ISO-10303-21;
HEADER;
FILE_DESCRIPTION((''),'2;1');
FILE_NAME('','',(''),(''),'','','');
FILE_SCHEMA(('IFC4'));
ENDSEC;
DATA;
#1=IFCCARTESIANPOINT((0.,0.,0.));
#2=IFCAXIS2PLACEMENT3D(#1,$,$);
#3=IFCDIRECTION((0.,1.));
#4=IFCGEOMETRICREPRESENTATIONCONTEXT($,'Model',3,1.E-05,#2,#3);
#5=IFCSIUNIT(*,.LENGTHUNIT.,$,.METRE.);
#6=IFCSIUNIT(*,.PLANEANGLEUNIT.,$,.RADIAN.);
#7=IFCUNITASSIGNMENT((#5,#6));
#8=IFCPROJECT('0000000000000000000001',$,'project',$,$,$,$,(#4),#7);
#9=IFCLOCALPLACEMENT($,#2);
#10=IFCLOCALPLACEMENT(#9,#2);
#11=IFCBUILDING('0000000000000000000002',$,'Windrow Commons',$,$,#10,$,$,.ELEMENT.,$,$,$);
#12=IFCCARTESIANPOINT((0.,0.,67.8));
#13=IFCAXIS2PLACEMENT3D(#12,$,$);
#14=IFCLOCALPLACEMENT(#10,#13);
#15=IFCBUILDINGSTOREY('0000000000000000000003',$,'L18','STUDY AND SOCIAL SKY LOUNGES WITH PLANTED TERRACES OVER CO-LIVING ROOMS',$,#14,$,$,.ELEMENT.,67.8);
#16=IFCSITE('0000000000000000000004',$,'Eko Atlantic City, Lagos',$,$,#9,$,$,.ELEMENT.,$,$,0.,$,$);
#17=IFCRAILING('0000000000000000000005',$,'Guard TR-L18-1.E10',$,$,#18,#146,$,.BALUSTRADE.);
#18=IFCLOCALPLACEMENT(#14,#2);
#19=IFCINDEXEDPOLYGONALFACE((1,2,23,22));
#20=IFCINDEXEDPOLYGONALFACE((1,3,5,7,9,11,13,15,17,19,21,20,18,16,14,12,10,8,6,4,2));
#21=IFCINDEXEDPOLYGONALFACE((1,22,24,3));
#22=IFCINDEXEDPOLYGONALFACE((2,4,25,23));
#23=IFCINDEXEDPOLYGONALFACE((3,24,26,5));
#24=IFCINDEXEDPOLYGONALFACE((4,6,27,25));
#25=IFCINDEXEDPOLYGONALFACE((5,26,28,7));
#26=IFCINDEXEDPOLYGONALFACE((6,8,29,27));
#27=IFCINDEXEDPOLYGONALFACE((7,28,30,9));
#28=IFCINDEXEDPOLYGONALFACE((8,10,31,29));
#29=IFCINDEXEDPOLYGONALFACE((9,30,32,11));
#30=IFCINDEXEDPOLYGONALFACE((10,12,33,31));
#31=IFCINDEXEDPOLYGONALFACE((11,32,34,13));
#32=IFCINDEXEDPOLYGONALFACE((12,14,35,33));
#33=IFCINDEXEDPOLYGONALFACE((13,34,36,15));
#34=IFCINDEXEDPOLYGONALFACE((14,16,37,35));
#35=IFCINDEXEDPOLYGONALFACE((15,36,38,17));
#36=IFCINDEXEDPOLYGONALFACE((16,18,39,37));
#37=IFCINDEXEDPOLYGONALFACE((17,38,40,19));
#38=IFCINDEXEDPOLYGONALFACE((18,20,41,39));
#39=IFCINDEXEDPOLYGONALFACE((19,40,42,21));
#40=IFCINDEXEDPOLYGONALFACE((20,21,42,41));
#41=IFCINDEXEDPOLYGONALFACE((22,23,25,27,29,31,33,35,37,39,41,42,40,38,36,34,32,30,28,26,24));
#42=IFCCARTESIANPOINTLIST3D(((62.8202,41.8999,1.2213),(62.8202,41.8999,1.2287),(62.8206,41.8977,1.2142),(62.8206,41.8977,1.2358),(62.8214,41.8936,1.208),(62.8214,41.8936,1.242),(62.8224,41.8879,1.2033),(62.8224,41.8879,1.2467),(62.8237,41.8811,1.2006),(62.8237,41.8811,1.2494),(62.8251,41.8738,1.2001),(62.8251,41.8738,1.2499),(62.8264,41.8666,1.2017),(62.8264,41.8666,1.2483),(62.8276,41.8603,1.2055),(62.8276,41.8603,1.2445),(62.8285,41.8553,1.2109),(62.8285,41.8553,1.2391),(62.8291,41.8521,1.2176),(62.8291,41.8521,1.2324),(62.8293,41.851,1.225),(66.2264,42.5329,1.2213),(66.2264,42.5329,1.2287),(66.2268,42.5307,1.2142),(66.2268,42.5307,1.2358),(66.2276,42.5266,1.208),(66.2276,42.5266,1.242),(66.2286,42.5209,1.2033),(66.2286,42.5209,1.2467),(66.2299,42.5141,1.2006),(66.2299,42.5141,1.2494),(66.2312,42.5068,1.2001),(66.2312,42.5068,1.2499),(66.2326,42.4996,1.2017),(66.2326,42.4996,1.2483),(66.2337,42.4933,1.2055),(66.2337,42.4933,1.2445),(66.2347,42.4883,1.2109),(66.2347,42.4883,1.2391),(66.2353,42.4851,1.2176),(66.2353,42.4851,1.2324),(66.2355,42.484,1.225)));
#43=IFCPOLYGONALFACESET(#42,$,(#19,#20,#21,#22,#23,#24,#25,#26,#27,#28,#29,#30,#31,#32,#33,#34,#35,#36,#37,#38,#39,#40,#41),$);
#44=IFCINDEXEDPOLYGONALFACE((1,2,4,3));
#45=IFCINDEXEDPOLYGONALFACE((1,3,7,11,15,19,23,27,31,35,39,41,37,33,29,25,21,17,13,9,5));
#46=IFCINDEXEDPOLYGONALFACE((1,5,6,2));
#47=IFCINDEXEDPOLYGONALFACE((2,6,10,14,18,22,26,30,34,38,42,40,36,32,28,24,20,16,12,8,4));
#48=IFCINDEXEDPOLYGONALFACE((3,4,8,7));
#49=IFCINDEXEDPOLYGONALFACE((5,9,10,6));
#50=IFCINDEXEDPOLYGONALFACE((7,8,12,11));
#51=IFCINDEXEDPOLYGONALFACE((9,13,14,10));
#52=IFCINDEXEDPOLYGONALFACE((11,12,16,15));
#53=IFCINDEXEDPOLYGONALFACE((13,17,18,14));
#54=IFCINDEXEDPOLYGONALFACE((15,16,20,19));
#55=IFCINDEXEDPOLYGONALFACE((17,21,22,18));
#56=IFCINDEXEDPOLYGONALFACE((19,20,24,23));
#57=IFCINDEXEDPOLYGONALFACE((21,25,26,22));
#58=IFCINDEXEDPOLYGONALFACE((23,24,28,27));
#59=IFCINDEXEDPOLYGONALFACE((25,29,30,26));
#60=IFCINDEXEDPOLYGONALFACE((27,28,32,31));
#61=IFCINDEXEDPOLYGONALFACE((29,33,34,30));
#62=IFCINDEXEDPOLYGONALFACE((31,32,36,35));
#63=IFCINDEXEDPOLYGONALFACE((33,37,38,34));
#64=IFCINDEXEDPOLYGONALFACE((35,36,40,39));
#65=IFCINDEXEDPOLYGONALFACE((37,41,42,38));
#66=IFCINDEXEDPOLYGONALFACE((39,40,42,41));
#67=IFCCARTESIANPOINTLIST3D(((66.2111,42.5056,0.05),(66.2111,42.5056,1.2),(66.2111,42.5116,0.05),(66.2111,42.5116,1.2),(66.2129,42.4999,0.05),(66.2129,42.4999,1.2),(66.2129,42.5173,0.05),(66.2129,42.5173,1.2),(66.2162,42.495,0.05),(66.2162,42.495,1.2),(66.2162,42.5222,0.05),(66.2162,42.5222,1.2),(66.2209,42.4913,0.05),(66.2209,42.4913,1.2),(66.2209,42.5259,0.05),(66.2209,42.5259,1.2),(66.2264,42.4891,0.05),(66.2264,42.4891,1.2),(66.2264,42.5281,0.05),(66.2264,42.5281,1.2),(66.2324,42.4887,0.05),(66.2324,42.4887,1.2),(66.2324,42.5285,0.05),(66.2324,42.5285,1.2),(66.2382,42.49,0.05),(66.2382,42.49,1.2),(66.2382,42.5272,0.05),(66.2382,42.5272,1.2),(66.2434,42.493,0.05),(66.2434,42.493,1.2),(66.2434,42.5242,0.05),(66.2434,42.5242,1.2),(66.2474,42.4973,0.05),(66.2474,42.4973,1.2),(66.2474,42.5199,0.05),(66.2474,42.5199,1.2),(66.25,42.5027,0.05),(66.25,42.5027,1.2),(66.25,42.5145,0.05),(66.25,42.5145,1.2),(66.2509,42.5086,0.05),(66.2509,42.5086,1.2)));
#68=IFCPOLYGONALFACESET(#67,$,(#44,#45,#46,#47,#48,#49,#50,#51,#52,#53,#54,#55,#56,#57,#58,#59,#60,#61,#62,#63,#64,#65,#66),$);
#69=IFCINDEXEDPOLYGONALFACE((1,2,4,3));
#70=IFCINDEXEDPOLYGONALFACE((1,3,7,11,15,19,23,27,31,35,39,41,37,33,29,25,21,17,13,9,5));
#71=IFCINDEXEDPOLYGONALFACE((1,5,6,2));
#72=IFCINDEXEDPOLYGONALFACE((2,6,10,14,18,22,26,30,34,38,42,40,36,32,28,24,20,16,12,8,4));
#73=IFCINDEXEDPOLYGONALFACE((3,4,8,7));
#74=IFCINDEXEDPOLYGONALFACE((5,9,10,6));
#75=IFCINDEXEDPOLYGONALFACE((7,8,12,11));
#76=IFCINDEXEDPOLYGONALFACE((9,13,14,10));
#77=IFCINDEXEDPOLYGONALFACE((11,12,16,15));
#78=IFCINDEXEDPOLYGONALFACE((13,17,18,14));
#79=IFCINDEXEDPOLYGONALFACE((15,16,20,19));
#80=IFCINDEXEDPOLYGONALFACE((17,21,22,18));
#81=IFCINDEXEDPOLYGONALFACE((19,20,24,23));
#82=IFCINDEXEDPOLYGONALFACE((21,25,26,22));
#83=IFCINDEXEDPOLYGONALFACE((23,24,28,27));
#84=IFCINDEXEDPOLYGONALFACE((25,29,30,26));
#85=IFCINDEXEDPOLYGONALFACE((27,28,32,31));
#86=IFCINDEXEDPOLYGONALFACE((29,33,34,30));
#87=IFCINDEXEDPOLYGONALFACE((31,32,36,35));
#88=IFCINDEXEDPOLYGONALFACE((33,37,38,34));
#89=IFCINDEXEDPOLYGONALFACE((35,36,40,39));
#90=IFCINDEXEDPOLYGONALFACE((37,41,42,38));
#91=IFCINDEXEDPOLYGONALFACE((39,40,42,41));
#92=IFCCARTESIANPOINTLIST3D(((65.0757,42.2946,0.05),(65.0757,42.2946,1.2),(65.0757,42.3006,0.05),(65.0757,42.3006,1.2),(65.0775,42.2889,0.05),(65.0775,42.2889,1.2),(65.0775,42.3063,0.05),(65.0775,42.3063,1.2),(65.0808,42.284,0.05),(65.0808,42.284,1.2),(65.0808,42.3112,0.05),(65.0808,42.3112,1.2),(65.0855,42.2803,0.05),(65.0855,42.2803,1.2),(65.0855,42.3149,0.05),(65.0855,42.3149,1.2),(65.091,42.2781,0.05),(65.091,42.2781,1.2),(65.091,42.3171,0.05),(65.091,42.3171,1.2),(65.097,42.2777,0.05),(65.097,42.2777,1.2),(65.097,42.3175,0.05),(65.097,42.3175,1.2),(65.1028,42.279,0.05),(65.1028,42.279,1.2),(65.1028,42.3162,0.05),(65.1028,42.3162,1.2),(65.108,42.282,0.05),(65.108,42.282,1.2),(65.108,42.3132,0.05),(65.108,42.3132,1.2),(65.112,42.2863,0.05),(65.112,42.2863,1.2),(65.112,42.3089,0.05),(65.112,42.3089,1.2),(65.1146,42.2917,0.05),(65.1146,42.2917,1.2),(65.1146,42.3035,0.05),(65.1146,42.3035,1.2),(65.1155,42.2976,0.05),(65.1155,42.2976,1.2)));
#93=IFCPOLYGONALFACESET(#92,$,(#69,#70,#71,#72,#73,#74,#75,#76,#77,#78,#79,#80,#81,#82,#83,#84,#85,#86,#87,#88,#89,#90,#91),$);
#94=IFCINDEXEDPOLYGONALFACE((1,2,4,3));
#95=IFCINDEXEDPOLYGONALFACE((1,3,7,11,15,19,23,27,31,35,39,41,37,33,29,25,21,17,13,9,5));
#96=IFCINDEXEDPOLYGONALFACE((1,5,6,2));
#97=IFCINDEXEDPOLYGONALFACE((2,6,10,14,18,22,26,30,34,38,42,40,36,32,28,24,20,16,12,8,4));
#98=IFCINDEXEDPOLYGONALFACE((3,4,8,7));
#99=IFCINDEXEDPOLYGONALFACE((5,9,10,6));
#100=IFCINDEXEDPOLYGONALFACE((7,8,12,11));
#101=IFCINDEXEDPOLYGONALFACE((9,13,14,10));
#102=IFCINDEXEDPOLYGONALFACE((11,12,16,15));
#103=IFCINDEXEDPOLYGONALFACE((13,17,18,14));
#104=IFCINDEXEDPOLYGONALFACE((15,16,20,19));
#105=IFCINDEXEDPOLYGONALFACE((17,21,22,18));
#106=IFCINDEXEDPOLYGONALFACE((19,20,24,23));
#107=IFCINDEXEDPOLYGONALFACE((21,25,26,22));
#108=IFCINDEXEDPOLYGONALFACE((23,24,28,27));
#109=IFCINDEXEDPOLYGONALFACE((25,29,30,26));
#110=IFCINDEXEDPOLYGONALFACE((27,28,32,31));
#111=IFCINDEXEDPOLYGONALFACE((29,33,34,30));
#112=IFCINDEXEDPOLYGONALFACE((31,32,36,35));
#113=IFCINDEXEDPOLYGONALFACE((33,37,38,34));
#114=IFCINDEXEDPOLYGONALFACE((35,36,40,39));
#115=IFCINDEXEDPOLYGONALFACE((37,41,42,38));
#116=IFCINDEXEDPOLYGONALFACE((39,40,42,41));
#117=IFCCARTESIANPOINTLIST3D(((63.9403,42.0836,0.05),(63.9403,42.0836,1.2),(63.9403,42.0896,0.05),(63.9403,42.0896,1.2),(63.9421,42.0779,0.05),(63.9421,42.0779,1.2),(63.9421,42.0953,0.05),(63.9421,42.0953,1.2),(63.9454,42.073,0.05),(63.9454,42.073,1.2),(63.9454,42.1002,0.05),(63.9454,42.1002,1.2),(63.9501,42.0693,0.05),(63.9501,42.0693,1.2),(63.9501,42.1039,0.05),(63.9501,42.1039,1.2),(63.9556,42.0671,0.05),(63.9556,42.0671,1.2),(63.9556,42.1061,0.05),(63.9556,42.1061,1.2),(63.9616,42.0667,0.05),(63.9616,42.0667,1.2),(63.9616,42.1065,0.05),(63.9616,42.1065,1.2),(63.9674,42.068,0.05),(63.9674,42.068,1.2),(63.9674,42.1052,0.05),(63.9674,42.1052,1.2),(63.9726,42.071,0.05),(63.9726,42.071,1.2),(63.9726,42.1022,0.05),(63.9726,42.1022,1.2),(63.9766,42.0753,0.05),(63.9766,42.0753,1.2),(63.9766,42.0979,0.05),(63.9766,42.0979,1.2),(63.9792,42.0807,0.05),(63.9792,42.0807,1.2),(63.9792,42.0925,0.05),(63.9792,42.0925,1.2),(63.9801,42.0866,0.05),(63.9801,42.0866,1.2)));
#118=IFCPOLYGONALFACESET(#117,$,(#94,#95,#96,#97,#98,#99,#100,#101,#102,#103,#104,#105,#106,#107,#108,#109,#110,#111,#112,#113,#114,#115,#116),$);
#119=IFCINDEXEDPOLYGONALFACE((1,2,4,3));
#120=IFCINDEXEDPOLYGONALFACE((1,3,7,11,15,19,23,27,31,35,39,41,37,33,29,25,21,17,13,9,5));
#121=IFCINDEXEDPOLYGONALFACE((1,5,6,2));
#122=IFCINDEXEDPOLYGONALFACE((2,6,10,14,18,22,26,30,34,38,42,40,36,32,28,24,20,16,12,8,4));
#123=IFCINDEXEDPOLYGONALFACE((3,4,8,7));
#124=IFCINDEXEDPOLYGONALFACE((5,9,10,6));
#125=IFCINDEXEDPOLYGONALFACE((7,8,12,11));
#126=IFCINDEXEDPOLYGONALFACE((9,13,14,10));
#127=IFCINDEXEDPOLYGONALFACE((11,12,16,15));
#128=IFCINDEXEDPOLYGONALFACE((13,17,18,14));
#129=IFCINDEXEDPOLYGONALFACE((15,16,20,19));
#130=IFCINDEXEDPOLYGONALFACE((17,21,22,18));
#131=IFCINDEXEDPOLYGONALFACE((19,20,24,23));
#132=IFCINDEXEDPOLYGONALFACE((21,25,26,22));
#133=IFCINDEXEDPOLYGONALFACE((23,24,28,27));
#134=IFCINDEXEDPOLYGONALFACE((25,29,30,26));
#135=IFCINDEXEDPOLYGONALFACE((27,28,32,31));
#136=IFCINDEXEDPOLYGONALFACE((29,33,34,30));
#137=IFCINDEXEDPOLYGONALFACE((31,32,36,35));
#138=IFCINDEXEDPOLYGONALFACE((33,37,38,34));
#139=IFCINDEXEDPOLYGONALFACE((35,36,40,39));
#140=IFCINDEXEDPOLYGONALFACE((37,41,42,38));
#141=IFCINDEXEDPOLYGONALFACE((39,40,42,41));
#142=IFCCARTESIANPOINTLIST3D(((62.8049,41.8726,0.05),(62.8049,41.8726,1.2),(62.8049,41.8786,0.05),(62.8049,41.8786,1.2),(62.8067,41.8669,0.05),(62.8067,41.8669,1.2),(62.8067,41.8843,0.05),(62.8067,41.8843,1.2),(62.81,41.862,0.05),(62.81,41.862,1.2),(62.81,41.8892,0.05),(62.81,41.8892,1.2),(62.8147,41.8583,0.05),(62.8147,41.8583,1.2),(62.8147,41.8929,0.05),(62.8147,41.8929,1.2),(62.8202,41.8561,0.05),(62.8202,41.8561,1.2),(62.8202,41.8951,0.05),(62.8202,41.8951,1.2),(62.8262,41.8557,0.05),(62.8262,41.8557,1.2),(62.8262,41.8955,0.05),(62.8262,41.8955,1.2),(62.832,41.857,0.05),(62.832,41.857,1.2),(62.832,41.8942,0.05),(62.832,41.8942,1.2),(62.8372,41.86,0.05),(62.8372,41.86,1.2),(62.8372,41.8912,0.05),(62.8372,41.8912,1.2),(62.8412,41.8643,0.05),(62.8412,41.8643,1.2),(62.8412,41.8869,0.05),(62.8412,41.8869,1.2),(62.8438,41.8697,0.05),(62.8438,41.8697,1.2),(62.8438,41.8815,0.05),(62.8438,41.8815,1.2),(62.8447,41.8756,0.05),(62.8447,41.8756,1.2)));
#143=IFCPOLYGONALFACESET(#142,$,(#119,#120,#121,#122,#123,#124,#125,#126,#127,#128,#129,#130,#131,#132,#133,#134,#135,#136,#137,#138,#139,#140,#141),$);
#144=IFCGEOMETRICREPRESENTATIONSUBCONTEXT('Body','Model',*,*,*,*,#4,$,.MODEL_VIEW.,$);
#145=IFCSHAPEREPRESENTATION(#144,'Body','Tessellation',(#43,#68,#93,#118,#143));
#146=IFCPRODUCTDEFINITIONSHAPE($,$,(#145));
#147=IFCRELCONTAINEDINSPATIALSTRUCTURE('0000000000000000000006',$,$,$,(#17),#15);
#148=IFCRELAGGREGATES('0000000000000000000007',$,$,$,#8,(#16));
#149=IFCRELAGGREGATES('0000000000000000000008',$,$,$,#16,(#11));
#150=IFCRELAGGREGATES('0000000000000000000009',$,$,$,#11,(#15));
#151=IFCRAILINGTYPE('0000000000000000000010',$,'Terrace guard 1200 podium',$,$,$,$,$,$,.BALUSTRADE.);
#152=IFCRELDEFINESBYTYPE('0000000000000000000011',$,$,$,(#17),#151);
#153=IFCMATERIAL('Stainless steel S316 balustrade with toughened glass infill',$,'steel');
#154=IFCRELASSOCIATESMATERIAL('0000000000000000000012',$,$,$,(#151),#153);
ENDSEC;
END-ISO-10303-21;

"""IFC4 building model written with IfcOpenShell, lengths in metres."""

from ifc_helpers import new_model, si_unit, direction, frame, origin, origin_2d, place, context, subcontext, project, spatial, circle, extrude, material, type_object, element, save


model = new_model("IFC4")

# Units and contexts
model_context = context("Model", 3, precision=1e-05, world=origin(), true_north=direction((0.0, 1.0)))
body_context = subcontext(model_context, "Body", "Model", "MODEL_VIEW")
ifc_project = project(units=[si_unit("LENGTHUNIT", "METRE"), si_unit("PLANEANGLEUNIT", "RADIAN")], contexts=[model_context])

# Site, building, storey
site_placement = place(None, origin())
site = spatial("IfcSite", under=ifc_project, at=site_placement, Name="Eko Atlantic City, Lagos", CompositionType="ELEMENT", RefElevation=0.0)
building_placement = place(site_placement, origin())
building = spatial("IfcBuilding", under=site, at=building_placement, Name="Windrow Commons", CompositionType="ELEMENT")
storey_placement = place(building_placement, frame((0.0, 0.0, 67.8)))
storey = spatial("IfcBuildingStorey", under=building, at=storey_placement, Name="L18", Description="STUDY AND SOCIAL SKY LOUNGES WITH PLANTED TERRACES OVER CO-LIVING ROOMS", CompositionType="ELEMENT", Elevation=67.8)

# Railing
ifc_material_1 = material(Name="Stainless steel S316 balustrade with toughened glass infill", Category="steel")
railing_type = type_object("IfcRailingType", Name="Terrace guard 1200 podium", PredefinedType="BALUSTRADE", material=ifc_material_1)
railing_1_placement = place(storey_placement, frame((66.2309, 42.5086, 0.05)))
element("IfcRailing", 1, at=railing_1_placement, inside=storey, type_object=railing_type, Name="Guard TR-L18-1.E10", PredefinedType="BALUSTRADE", context=body_context, shape_type="SweptSolid", body=[
    extrude(circle(Radius=0.025, at=origin_2d()), frame((0.0, 0.0, 1.175), z_axis=(-0.983167, -0.182709, 0.0), x_axis=(0.182709, -0.983167, 0.0)), (0.0, 0.0, 1.0), 3.4645),
    extrude(circle(Radius=0.02, at=origin_2d()), origin(), (0.0, 0.0, 1.0), 1.15),
    extrude(circle(Radius=0.02, at=origin_2d()), frame((-1.1354, -0.211, 0.0)), (0.0, 0.0, 1.0), 1.15),
    extrude(circle(Radius=0.02, at=origin_2d()), frame((-2.2708, -0.422, 0.0)), (0.0, 0.0, 1.0), 1.15),
    extrude(circle(Radius=0.02, at=origin_2d()), frame((-3.4062, -0.633, 0.0)), (0.0, 0.0, 1.0), 1.15),
])

save(model, "model.ifc")
